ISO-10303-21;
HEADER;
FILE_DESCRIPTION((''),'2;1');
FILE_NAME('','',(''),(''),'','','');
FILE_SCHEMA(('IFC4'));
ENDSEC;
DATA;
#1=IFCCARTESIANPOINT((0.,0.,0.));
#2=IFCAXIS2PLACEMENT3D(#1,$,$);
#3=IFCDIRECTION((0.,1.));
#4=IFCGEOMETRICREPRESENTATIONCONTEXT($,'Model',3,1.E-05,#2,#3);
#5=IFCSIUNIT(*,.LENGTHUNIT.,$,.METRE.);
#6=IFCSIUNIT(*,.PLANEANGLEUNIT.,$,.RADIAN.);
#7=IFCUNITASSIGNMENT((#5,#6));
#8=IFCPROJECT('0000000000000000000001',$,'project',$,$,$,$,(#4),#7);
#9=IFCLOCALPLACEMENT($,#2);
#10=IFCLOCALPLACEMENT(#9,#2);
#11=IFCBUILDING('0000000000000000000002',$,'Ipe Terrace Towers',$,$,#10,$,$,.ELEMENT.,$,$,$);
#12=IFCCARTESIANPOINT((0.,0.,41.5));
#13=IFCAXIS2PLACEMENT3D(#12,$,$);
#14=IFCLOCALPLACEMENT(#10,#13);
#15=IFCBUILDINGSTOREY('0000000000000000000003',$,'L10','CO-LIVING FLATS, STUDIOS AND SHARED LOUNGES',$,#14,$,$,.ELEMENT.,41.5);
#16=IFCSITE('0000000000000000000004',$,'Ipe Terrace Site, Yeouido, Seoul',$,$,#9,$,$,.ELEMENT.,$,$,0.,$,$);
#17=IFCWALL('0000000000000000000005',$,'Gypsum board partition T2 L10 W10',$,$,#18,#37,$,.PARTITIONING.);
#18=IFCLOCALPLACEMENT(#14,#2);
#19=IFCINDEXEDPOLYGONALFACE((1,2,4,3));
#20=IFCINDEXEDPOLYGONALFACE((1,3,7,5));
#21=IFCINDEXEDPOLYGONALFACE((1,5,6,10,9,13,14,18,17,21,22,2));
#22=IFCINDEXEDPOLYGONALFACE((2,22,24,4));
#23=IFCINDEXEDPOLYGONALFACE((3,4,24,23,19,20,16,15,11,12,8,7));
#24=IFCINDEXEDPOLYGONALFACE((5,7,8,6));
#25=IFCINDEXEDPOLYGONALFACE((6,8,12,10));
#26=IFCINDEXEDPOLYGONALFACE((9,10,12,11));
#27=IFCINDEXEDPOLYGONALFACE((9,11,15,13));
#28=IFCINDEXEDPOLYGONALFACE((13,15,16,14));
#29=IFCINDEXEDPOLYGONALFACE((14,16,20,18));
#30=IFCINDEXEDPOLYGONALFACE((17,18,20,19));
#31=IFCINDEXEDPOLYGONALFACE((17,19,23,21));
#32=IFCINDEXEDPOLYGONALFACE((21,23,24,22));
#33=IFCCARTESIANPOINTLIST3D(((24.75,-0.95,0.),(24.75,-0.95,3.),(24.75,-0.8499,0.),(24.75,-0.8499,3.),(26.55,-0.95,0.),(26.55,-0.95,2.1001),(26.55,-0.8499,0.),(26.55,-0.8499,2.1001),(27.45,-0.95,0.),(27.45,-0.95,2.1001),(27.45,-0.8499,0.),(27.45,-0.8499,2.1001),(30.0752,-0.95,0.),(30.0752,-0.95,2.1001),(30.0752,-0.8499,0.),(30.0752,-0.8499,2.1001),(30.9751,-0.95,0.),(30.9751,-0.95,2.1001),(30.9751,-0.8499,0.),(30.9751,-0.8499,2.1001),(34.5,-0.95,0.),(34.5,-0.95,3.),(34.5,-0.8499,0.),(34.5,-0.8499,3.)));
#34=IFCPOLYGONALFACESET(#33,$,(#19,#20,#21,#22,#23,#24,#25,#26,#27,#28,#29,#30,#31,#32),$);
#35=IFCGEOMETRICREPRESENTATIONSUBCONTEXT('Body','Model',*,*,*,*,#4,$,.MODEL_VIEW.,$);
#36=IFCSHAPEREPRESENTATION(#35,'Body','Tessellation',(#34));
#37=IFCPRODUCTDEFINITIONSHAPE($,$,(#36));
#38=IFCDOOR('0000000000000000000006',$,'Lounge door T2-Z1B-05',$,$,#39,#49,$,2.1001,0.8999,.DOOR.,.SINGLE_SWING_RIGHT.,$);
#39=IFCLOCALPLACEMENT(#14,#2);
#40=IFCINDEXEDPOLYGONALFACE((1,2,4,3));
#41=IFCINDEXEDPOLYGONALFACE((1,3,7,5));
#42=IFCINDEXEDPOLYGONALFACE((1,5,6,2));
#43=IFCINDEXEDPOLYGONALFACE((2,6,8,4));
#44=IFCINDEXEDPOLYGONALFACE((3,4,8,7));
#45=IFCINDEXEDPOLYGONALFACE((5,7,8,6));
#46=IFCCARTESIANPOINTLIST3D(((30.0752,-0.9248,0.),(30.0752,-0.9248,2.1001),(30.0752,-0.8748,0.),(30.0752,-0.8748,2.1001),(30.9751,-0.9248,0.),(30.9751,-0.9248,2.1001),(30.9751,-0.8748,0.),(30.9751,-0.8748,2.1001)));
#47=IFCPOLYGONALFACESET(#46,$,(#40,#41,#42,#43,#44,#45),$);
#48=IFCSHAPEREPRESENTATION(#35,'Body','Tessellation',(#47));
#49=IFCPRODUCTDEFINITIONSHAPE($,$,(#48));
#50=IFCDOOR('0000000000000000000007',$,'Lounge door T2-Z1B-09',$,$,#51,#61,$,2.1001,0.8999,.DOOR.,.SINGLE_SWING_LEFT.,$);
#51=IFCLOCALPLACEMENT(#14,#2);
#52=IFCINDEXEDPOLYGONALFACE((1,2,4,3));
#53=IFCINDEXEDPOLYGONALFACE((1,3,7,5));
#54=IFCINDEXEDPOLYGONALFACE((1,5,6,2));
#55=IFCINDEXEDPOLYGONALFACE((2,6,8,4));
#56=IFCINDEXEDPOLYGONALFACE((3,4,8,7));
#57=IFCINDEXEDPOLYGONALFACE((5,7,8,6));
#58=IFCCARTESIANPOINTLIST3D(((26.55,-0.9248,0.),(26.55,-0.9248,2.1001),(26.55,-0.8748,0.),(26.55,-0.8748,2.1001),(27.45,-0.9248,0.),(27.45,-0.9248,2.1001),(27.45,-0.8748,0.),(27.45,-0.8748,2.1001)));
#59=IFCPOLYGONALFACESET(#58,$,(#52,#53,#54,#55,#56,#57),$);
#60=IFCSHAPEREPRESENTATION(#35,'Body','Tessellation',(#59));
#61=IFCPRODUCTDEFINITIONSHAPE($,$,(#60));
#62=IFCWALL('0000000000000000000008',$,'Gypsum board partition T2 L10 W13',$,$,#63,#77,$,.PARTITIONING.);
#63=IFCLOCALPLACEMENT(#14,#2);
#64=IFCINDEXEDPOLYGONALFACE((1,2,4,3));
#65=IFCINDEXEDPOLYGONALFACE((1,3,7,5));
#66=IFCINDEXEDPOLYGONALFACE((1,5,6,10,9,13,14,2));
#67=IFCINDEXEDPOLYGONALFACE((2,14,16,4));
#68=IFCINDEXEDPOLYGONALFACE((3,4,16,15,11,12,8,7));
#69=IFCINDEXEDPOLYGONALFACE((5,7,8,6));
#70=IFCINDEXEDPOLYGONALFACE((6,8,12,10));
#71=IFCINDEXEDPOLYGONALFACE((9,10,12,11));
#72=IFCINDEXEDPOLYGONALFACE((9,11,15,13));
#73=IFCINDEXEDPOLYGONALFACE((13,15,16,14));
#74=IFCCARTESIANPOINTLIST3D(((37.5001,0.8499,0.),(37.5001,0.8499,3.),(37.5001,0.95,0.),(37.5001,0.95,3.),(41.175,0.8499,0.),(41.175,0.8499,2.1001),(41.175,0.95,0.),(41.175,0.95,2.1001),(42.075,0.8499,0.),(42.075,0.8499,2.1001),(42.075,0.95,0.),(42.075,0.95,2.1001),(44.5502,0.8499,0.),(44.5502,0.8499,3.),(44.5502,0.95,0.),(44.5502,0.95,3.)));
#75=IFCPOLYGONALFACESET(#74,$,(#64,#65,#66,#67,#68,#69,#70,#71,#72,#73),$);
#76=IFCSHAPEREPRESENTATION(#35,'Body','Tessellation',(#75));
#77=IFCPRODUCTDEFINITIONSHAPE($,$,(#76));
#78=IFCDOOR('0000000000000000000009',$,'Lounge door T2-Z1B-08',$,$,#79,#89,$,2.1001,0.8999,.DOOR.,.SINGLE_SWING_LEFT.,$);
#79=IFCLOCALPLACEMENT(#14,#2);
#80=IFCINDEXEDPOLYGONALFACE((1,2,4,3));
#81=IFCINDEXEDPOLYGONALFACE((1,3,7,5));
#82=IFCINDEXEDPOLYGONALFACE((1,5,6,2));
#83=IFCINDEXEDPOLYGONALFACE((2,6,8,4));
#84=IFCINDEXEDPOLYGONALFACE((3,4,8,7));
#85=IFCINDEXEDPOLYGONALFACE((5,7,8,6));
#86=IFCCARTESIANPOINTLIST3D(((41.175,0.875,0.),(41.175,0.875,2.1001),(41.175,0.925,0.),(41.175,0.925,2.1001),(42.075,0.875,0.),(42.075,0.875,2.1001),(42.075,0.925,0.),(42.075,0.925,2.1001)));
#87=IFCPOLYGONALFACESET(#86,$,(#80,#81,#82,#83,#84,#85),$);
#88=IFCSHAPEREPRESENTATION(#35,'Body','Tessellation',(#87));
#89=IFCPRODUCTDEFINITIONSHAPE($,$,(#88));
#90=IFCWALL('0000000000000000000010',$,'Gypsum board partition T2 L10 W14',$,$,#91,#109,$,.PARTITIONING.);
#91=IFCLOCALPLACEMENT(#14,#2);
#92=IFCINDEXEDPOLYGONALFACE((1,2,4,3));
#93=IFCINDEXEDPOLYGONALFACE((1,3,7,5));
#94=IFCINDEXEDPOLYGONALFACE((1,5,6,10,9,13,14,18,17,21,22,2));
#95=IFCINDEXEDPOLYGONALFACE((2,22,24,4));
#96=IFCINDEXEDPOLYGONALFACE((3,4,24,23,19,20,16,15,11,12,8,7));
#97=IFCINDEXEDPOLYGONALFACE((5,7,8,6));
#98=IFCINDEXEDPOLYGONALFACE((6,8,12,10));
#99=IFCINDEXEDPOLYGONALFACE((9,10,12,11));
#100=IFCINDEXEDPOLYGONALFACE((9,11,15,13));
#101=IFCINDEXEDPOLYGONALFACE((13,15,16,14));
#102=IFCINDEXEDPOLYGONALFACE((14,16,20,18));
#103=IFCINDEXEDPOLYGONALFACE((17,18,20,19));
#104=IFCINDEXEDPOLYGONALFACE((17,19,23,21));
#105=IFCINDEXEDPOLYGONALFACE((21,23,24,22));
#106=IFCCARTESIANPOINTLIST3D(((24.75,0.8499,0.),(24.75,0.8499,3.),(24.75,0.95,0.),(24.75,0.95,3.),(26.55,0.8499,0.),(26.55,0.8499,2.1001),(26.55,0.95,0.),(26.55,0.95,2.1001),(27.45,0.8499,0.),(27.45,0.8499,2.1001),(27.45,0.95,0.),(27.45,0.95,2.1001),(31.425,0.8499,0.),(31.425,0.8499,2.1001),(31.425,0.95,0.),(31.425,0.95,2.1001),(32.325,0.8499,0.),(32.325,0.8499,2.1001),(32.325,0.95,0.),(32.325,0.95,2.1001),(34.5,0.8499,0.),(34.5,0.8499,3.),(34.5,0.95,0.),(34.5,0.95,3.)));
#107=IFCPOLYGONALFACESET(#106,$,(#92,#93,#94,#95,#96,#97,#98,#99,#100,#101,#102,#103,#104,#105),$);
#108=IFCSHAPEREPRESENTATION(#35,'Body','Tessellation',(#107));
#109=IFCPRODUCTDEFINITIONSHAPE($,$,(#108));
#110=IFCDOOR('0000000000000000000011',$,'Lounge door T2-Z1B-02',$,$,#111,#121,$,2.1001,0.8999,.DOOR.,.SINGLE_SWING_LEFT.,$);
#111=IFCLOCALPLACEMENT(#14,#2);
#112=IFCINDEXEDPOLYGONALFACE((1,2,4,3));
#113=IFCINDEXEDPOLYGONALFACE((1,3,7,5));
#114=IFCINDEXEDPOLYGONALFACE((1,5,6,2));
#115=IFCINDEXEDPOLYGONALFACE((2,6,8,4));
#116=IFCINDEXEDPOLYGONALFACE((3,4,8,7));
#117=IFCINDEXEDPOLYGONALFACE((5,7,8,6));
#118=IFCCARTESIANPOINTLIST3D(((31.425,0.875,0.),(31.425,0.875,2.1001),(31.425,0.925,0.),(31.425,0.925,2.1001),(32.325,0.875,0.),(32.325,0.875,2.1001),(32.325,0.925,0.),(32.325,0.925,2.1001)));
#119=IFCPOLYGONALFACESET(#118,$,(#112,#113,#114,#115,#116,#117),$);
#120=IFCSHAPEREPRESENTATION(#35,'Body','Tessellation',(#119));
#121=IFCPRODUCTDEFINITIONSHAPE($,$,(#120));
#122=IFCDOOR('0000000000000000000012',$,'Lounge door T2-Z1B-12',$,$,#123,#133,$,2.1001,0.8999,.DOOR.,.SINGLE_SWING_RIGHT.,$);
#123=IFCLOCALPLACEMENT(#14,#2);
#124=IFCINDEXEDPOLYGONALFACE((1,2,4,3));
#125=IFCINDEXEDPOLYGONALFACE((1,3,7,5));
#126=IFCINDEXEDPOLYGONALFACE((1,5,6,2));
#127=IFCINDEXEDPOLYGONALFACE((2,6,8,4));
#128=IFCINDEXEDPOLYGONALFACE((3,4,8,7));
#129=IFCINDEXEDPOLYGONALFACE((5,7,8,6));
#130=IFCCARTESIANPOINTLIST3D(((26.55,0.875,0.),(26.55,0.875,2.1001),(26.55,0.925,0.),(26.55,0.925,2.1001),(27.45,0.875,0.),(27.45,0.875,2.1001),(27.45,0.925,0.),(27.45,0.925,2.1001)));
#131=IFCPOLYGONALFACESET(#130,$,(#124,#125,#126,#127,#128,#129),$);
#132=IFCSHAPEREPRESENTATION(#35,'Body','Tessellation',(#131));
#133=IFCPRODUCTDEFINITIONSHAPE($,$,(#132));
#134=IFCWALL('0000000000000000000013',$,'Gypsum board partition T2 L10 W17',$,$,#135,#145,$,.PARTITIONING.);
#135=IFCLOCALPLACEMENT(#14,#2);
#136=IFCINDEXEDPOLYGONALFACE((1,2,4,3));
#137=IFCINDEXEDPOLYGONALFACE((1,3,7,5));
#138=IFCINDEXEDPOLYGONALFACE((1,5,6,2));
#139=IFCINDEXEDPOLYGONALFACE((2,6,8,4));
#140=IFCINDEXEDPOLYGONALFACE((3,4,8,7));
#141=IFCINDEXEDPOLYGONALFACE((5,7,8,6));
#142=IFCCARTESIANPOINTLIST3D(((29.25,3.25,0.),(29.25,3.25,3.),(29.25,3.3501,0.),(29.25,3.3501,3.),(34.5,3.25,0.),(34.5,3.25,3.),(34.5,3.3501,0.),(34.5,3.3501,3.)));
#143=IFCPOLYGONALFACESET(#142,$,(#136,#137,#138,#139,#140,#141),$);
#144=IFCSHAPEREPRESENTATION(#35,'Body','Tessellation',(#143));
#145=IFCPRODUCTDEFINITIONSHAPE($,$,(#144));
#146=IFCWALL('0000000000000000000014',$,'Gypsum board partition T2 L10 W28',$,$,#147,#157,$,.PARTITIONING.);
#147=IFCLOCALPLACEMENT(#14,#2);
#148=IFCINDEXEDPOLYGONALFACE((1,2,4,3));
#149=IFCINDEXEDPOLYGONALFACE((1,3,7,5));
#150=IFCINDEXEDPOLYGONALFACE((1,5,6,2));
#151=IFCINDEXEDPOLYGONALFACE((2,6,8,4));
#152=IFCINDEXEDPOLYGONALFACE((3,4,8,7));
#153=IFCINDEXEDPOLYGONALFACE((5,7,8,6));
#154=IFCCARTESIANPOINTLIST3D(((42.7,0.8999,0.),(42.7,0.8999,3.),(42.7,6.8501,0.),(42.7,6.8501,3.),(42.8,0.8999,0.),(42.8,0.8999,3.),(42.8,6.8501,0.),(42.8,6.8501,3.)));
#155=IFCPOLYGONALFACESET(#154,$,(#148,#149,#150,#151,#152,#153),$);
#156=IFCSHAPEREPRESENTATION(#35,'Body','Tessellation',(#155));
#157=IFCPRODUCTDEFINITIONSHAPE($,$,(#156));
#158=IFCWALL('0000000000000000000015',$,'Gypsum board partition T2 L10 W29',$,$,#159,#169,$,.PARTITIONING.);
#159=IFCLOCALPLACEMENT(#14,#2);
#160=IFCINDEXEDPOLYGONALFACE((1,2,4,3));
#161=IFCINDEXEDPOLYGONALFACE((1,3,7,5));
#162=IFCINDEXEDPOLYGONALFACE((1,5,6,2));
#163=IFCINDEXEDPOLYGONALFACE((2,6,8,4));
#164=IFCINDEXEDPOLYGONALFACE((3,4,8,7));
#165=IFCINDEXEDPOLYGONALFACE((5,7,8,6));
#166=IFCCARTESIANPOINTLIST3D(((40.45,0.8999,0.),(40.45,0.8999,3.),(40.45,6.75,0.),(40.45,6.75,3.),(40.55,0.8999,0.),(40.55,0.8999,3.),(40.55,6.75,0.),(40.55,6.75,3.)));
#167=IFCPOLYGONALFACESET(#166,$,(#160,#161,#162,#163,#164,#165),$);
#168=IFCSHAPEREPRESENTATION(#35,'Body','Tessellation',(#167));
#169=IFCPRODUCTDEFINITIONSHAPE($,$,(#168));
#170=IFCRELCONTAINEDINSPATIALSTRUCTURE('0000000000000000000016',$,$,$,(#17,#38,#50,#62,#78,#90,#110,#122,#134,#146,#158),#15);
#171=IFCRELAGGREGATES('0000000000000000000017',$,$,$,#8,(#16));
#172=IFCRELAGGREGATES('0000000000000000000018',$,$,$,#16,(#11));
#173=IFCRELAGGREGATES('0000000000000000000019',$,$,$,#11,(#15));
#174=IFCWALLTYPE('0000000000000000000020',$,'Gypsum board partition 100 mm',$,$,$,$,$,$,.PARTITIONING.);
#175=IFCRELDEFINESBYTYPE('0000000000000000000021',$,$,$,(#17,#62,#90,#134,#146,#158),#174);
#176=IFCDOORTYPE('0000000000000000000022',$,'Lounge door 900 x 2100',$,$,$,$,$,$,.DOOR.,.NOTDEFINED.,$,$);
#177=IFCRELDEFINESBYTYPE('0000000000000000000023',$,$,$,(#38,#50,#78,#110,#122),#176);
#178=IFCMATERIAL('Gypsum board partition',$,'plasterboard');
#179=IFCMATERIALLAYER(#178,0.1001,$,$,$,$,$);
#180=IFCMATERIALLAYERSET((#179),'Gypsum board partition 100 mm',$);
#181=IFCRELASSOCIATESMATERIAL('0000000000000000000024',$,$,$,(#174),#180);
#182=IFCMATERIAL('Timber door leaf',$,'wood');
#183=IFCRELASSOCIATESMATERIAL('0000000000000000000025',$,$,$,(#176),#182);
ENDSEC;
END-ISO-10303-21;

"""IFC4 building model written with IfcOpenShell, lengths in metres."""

from ifc_helpers import new_model, si_unit, direction, frame, frame_2d, origin, place, context, subcontext, project, spatial, rectangle, extrude, material, layer, layer_set, type_object, element, fill, save


model = new_model("IFC4")

# Units and contexts
model_context = context("Model", 3, precision=1e-05, world=origin(), true_north=direction((0.0, 1.0)))
body_context = subcontext(model_context, "Body", "Model", "MODEL_VIEW")
ifc_project = project(units=[si_unit("LENGTHUNIT", "METRE"), si_unit("PLANEANGLEUNIT", "RADIAN")], contexts=[model_context])

# Site, building, storey
site_placement = place(None, origin())
site = spatial("IfcSite", under=ifc_project, at=site_placement, Name="Ipe Terrace Site, Yeouido, Seoul", CompositionType="ELEMENT", RefElevation=0.0)
building_placement = place(site_placement, origin())
building = spatial("IfcBuilding", under=site, at=building_placement, Name="Ipe Terrace Towers", CompositionType="ELEMENT")
storey_placement = place(building_placement, frame((0.0, 0.0, 41.5)))
storey = spatial("IfcBuildingStorey", under=building, at=storey_placement, Name="L10", Description="CO-LIVING FLATS, STUDIOS AND SHARED LOUNGES", CompositionType="ELEMENT", Elevation=41.5)

# Shared definitions
ifc_material_1 = material(Name="Gypsum board partition", Category="plasterboard")
ifc_layer_1 = layer(ifc_material_1, 0.1001)
ifc_layer_set_1 = layer_set([ifc_layer_1], Name="Gypsum board partition 100 mm")
wall_type = type_object("IfcWallType", Name="Gypsum board partition 100 mm", PredefinedType="PARTITIONING", material=ifc_layer_set_1)

# Wall, openings, doors
wall_1_placement = place(storey_placement, frame((34.5, -0.8999, 0.0), z_axis=(0.0, 0.0, 1.0), x_axis=(-1.0, 0.0, 0.0)))
wall_1 = element("IfcWall", 1, at=wall_1_placement, inside=storey, type_object=wall_type, Name="Gypsum board partition T2 L10 W10", PredefinedType="PARTITIONING", context=body_context, shape_type="SweptSolid", body=[
    extrude(rectangle(XDim=9.75, YDim=0.1001, at=frame_2d((4.875, 0.0))), origin(), (0.0, 0.0, 1.0), 3.0),
])
opening_1_placement = place(wall_1_placement, frame((3.5249, 0.0, 0.0)))
opening_1 = element("IfcOpeningElement", 2, at=opening_1_placement, cuts=wall_1, PredefinedType="OPENING", context=body_context, shape_type="SweptSolid", body=[
    extrude(rectangle(XDim=0.8999, YDim=2.1001, at=frame_2d((0.45, 1.05))), frame((0.0, 0.0601, 0.0), z_axis=(0.0, -1.0, 0.0), x_axis=(1.0, 0.0, 0.0)), (0.0, 0.0, 1.0), 0.1201),
])
opening_2_placement = place(wall_1_placement, frame((7.05, 0.0, 0.0)))
opening_2 = element("IfcOpeningElement", 3, at=opening_2_placement, cuts=wall_1, PredefinedType="OPENING", context=body_context, shape_type="SweptSolid", body=[
    extrude(rectangle(XDim=0.8999, YDim=2.1001, at=frame_2d((0.45, 1.05))), frame((0.0, 0.0601, 0.0), z_axis=(0.0, -1.0, 0.0), x_axis=(1.0, 0.0, 0.0)), (0.0, 0.0, 1.0), 0.1201),
])
ifc_material_2 = material(Name="Timber door leaf", Category="wood")
door_type_1 = type_object("IfcDoorType", Name="Lounge door 900 x 2100", OperationType="NOTDEFINED", PredefinedType="DOOR", material=ifc_material_2)
door_1_placement = place(opening_1_placement, origin())
door_1 = element("IfcDoor", 4, at=door_1_placement, inside=storey, type_object=door_type_1, Name="Lounge door T2-Z1B-05", OperationType="SINGLE_SWING_RIGHT", OverallHeight=2.1001, OverallWidth=0.8999, PredefinedType="DOOR", context=body_context, shape_type="SweptSolid", body=[
    extrude(rectangle(XDim=0.8999, YDim=2.1001, at=frame_2d((0.45, 1.05))), frame((0.0, 0.0249, 0.0), z_axis=(0.0, -1.0, 0.0), x_axis=(1.0, 0.0, 0.0)), (0.0, 0.0, 1.0), 0.05),
])
fill(opening_1, door_1)
door_2_placement = place(opening_2_placement, origin())
door_2 = element("IfcDoor", 5, at=door_2_placement, inside=storey, type_object=door_type_1, Name="Lounge door T2-Z1B-09", OperationType="SINGLE_SWING_LEFT", OverallHeight=2.1001, OverallWidth=0.8999, PredefinedType="DOOR", context=body_context, shape_type="SweptSolid", body=[
    extrude(rectangle(XDim=0.8999, YDim=2.1001, at=frame_2d((0.45, 1.05))), frame((0.0, 0.0249, 0.0), z_axis=(0.0, -1.0, 0.0), x_axis=(1.0, 0.0, 0.0)), (0.0, 0.0, 1.0), 0.05),
])
fill(opening_2, door_2)

# Wall, opening, door
wall_2_placement = place(storey_placement, frame((44.55, 0.8999, 0.0), z_axis=(0.0, 0.0, 1.0), x_axis=(-1.0, 0.0, 0.0)))
wall_2 = element("IfcWall", 6, at=wall_2_placement, inside=storey, type_object=wall_type, Name="Gypsum board partition T2 L10 W13", PredefinedType="PARTITIONING", context=body_context, shape_type="SweptSolid", body=[
    extrude(rectangle(XDim=7.05, YDim=0.1001, at=frame_2d((3.5249, 0.0))), origin(), (0.0, 0.0, 1.0), 3.0),
])
opening_3_placement = place(wall_2_placement, frame((2.4751, 0.0, 0.0)))
opening_3 = element("IfcOpeningElement", 7, at=opening_3_placement, cuts=wall_2, PredefinedType="OPENING", context=body_context, shape_type="SweptSolid", body=[
    extrude(rectangle(XDim=0.8999, YDim=2.1001, at=frame_2d((0.45, 1.05))), frame((0.0, 0.0601, 0.0), z_axis=(0.0, -1.0, 0.0), x_axis=(1.0, 0.0, 0.0)), (0.0, 0.0, 1.0), 0.1201),
])
door_3_placement = place(opening_3_placement, origin())
door_3 = element("IfcDoor", 8, at=door_3_placement, inside=storey, type_object=door_type_1, Name="Lounge door T2-Z1B-08", OperationType="SINGLE_SWING_LEFT", OverallHeight=2.1001, OverallWidth=0.8999, PredefinedType="DOOR", context=body_context, shape_type="SweptSolid", body=[
    extrude(rectangle(XDim=0.8999, YDim=2.1001, at=frame_2d((0.45, 1.05))), frame((0.0, 0.0249, 0.0), z_axis=(0.0, -1.0, 0.0), x_axis=(1.0, 0.0, 0.0)), (0.0, 0.0, 1.0), 0.05),
])
fill(opening_3, door_3)

# Wall, openings, doors
wall_3_placement = place(storey_placement, frame((34.5, 0.8999, 0.0), z_axis=(0.0, 0.0, 1.0), x_axis=(-1.0, 0.0, 0.0)))
wall_3 = element("IfcWall", 9, at=wall_3_placement, inside=storey, type_object=wall_type, Name="Gypsum board partition T2 L10 W14", PredefinedType="PARTITIONING", context=body_context, shape_type="SweptSolid", body=[
    extrude(rectangle(XDim=9.75, YDim=0.1001, at=frame_2d((4.875, 0.0))), origin(), (0.0, 0.0, 1.0), 3.0),
])
opening_4_placement = place(wall_3_placement, frame((2.175, 0.0, 0.0)))
opening_4 = element("IfcOpeningElement", 10, at=opening_4_placement, cuts=wall_3, PredefinedType="OPENING", context=body_context, shape_type="SweptSolid", body=[
    extrude(rectangle(XDim=0.8999, YDim=2.1001, at=frame_2d((0.45, 1.05))), frame((0.0, 0.0601, 0.0), z_axis=(0.0, -1.0, 0.0), x_axis=(1.0, 0.0, 0.0)), (0.0, 0.0, 1.0), 0.1201),
])
opening_5_placement = place(wall_3_placement, frame((7.05, 0.0, 0.0)))
opening_5 = element("IfcOpeningElement", 11, at=opening_5_placement, cuts=wall_3, PredefinedType="OPENING", context=body_context, shape_type="SweptSolid", body=[
    extrude(rectangle(XDim=0.8999, YDim=2.1001, at=frame_2d((0.45, 1.05))), frame((0.0, 0.0601, 0.0), z_axis=(0.0, -1.0, 0.0), x_axis=(1.0, 0.0, 0.0)), (0.0, 0.0, 1.0), 0.1201),
])
door_4_placement = place(opening_4_placement, origin())
door_4 = element("IfcDoor", 12, at=door_4_placement, inside=storey, type_object=door_type_1, Name="Lounge door T2-Z1B-02", OperationType="SINGLE_SWING_LEFT", OverallHeight=2.1001, OverallWidth=0.8999, PredefinedType="DOOR", context=body_context, shape_type="SweptSolid", body=[
    extrude(rectangle(XDim=0.8999, YDim=2.1001, at=frame_2d((0.45, 1.05))), frame((0.0, 0.0249, 0.0), z_axis=(0.0, -1.0, 0.0), x_axis=(1.0, 0.0, 0.0)), (0.0, 0.0, 1.0), 0.05),
])
fill(opening_4, door_4)
door_5_placement = place(opening_5_placement, origin())
door_5 = element("IfcDoor", 13, at=door_5_placement, inside=storey, type_object=door_type_1, Name="Lounge door T2-Z1B-12", OperationType="SINGLE_SWING_RIGHT", OverallHeight=2.1001, OverallWidth=0.8999, PredefinedType="DOOR", context=body_context, shape_type="SweptSolid", body=[
    extrude(rectangle(XDim=0.8999, YDim=2.1001, at=frame_2d((0.45, 1.05))), frame((0.0, 0.0249, 0.0), z_axis=(0.0, -1.0, 0.0), x_axis=(1.0, 0.0, 0.0)), (0.0, 0.0, 1.0), 0.05),
])
fill(opening_5, door_5)

# Walls
wall_4_placement = place(storey_placement, frame((34.5, 3.3, 0.0), z_axis=(0.0, 0.0, 1.0), x_axis=(-1.0, 0.0, 0.0)))
element("IfcWall", 14, at=wall_4_placement, inside=storey, type_object=wall_type, Name="Gypsum board partition T2 L10 W17", PredefinedType="PARTITIONING", context=body_context, shape_type="SweptSolid", body=[
    extrude(rectangle(XDim=5.25, YDim=0.1001, at=frame_2d((2.625, 0.0))), origin(), (0.0, 0.0, 1.0), 3.0),
])
wall_5_placement = place(storey_placement, frame((42.75, 0.8999, 0.0), z_axis=(0.0, 0.0, 1.0), x_axis=(0.0, 1.0, 0.0)))
element("IfcWall", 15, at=wall_5_placement, inside=storey, type_object=wall_type, Name="Gypsum board partition T2 L10 W28", PredefinedType="PARTITIONING", context=body_context, shape_type="SweptSolid", body=[
    extrude(rectangle(XDim=5.9502, YDim=0.1001, at=frame_2d((2.9751, 0.0))), origin(), (0.0, 0.0, 1.0), 3.0),
])
wall_6_placement = place(storey_placement, frame((40.5, 0.8999, 0.0), z_axis=(0.0, 0.0, 1.0), x_axis=(0.0, 1.0, 0.0)))
element("IfcWall", 16, at=wall_6_placement, inside=storey, type_object=wall_type, Name="Gypsum board partition T2 L10 W29", PredefinedType="PARTITIONING", context=body_context, shape_type="SweptSolid", body=[
    extrude(rectangle(XDim=5.8501, YDim=0.1001, at=frame_2d((2.925, 0.0))), origin(), (0.0, 0.0, 1.0), 3.0),
])

save(model, "model.ifc")
